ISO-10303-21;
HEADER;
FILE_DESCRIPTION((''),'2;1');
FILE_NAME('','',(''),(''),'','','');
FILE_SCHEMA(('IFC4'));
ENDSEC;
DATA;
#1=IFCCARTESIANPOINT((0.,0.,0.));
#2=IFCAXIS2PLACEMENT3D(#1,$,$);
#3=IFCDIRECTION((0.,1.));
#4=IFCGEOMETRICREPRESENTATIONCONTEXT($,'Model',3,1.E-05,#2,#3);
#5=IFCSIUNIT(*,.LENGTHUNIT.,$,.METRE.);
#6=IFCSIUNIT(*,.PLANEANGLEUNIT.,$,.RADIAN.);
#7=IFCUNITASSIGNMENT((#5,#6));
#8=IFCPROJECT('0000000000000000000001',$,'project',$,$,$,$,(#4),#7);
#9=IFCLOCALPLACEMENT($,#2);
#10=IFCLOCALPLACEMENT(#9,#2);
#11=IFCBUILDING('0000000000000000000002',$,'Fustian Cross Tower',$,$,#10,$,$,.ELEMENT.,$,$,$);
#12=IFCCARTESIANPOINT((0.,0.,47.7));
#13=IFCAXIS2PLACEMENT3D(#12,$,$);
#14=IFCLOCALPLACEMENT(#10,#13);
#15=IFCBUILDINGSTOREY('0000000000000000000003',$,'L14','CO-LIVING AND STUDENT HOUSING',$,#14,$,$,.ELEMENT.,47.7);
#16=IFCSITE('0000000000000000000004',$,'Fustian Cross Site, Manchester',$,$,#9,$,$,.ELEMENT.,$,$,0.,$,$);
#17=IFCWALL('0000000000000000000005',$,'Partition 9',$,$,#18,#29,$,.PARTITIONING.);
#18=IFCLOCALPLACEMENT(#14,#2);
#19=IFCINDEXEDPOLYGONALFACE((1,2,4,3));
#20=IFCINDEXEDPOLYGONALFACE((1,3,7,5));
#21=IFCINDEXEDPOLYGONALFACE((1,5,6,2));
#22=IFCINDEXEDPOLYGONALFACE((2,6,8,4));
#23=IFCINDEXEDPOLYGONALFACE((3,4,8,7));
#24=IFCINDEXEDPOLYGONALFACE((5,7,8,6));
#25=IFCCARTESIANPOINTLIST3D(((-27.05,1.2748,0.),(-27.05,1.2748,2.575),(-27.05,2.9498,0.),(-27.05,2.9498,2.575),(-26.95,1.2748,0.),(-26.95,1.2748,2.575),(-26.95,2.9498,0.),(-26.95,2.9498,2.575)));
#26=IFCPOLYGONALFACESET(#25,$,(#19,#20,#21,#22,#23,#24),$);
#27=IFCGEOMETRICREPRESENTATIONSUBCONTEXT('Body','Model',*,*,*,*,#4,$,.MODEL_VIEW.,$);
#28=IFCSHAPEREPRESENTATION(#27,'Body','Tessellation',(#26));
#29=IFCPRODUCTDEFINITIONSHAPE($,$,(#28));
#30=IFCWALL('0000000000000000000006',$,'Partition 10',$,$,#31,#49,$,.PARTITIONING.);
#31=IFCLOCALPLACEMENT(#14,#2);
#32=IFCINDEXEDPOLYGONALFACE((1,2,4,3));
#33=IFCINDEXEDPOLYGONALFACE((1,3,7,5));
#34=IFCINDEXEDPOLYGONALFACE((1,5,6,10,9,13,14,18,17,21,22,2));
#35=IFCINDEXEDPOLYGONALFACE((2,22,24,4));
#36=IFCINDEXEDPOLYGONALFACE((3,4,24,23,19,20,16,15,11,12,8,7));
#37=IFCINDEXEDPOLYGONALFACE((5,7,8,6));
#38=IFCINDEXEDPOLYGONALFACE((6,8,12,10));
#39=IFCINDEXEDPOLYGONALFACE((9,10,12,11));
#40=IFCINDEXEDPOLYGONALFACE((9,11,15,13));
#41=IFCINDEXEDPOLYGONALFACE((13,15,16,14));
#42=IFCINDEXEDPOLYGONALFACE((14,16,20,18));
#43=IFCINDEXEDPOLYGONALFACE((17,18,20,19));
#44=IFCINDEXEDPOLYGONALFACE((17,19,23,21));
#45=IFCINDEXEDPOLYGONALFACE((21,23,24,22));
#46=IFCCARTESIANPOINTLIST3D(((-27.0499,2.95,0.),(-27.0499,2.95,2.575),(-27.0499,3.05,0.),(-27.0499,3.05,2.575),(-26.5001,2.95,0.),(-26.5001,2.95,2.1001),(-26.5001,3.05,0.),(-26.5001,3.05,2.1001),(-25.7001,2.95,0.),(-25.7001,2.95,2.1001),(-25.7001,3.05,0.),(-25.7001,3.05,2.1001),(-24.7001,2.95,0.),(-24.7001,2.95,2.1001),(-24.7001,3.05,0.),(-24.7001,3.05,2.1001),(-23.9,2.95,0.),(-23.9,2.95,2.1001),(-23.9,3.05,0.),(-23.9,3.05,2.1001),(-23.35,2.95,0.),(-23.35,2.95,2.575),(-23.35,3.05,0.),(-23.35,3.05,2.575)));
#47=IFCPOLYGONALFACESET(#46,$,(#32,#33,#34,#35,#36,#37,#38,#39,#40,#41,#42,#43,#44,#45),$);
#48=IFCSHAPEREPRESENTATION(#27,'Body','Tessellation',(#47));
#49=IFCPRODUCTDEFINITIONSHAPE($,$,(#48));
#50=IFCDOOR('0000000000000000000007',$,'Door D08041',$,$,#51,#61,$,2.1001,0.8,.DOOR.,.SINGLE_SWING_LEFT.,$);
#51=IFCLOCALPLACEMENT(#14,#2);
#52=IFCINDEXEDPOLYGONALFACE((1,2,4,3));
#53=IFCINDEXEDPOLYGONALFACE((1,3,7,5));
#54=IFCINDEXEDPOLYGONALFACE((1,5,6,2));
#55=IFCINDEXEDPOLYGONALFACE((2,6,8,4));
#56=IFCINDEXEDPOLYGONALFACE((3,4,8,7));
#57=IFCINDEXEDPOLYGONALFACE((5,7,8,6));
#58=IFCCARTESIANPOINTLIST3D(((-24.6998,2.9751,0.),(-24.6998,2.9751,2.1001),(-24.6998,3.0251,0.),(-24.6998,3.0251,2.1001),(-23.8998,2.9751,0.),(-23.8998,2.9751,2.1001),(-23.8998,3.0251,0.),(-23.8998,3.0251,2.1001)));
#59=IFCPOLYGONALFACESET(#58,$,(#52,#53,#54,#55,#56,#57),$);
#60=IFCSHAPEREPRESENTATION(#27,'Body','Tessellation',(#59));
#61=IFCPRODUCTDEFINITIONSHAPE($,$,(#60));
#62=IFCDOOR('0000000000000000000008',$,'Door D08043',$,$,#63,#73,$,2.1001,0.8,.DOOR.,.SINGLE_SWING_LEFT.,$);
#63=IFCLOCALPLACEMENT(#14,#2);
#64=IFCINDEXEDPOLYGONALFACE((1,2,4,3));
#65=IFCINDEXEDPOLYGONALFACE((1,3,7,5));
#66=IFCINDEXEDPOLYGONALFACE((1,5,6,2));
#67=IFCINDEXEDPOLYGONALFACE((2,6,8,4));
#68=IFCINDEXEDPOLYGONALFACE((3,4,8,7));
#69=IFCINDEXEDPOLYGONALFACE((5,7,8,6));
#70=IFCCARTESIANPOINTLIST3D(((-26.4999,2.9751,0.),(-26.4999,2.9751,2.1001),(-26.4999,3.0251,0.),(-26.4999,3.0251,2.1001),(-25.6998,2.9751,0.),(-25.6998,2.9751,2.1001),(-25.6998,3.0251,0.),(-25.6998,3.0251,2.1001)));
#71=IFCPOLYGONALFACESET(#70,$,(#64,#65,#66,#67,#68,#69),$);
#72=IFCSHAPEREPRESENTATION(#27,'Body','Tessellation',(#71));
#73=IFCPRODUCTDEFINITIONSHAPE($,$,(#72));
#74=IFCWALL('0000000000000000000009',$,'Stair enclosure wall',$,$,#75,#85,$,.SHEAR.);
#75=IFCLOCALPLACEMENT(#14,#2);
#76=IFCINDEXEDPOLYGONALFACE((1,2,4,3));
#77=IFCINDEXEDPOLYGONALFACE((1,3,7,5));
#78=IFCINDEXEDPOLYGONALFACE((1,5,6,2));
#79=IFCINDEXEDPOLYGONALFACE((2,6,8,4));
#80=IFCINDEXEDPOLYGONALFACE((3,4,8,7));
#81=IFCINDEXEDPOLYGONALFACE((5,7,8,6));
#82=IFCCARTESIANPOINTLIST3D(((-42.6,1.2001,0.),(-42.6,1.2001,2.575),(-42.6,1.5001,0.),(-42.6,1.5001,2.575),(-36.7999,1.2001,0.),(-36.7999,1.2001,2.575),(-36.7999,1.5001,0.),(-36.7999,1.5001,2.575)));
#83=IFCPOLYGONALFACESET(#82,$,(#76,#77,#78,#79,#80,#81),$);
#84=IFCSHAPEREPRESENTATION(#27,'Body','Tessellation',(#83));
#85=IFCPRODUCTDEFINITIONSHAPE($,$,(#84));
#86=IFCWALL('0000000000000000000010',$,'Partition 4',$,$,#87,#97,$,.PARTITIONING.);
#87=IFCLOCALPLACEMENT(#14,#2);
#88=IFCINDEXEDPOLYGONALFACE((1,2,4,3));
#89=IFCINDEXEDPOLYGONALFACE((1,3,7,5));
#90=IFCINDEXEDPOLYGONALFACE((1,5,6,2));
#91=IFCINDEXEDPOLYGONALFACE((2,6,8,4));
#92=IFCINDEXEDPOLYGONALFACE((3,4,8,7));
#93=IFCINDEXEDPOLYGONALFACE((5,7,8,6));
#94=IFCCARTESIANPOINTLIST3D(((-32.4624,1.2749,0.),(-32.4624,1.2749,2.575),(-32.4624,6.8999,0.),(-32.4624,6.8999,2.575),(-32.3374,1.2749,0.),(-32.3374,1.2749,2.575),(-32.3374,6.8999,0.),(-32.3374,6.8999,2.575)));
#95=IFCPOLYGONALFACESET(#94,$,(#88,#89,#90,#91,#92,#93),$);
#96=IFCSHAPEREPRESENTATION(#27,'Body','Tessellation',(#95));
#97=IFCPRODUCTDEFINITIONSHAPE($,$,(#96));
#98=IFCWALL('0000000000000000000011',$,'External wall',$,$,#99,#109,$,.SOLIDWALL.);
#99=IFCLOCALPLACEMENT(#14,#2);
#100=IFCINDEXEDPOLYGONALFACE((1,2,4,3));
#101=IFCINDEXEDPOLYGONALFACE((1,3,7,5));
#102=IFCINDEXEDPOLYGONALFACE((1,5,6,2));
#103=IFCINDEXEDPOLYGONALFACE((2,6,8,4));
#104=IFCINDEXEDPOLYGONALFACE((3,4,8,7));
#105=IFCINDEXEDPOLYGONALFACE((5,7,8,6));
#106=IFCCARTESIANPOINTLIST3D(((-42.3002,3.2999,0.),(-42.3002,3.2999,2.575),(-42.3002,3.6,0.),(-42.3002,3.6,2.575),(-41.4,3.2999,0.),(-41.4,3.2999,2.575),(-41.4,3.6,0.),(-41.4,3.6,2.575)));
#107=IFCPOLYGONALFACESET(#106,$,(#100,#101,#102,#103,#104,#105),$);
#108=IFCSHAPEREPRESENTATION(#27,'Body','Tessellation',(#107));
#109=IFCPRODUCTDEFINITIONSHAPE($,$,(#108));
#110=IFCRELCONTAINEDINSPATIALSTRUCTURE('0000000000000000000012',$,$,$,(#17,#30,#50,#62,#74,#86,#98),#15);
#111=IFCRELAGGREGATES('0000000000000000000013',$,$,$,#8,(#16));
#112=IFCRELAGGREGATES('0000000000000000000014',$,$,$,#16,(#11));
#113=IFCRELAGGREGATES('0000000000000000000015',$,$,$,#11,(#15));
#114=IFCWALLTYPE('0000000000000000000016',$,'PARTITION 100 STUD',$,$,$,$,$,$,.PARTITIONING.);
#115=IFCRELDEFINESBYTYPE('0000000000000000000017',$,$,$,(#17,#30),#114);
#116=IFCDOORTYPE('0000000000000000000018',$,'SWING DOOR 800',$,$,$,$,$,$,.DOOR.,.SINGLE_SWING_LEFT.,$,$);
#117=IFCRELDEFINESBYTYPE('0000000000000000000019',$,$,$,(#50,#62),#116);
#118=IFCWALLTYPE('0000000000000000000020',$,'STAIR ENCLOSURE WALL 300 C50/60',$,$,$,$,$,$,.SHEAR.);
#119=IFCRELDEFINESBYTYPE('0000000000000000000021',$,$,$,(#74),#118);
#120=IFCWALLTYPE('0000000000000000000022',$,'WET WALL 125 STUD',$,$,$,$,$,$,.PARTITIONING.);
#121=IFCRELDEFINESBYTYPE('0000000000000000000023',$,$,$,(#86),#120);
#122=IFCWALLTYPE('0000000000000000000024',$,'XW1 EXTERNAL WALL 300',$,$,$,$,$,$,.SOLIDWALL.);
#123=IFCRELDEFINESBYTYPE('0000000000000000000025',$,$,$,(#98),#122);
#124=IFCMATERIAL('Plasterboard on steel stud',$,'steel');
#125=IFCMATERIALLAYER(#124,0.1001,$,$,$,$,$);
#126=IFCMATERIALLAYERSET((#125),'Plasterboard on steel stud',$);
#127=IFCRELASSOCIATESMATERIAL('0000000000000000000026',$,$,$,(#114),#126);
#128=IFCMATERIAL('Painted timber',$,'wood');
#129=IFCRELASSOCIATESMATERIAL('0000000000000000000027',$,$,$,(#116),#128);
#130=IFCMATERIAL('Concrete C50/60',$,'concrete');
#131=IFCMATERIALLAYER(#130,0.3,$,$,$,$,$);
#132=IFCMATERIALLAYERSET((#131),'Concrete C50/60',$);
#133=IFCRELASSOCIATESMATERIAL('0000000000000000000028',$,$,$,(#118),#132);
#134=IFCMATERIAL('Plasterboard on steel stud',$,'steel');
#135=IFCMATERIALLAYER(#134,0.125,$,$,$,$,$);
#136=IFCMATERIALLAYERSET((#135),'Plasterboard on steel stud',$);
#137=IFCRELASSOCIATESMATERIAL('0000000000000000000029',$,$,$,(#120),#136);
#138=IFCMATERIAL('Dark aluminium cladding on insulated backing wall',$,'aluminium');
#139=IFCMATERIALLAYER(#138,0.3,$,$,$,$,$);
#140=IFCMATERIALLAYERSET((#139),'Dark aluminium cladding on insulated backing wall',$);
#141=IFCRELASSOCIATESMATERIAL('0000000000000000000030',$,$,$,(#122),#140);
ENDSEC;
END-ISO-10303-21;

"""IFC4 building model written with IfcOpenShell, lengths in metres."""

from ifc_helpers import new_model, si_unit, direction, frame, frame_2d, origin, place, context, subcontext, project, spatial, rectangle, extrude, material, layer, layer_set, type_object, element, fill, save


model = new_model("IFC4")

# Units and contexts
model_context = context("Model", 3, precision=1e-05, world=origin(), true_north=direction((0.0, 1.0)))
body_context = subcontext(model_context, "Body", "Model", "MODEL_VIEW")
ifc_project = project(units=[si_unit("LENGTHUNIT", "METRE"), si_unit("PLANEANGLEUNIT", "RADIAN")], contexts=[model_context])

# Site, building, storey
site_placement = place(None, origin())
site = spatial("IfcSite", under=ifc_project, at=site_placement, Name="Fustian Cross Site, Manchester", CompositionType="ELEMENT", RefElevation=0.0)
building_placement = place(site_placement, origin())
building = spatial("IfcBuilding", under=site, at=building_placement, Name="Fustian Cross Tower", CompositionType="ELEMENT")
storey_placement = place(building_placement, frame((0.0, 0.0, 47.7)))
storey = spatial("IfcBuildingStorey", under=building, at=storey_placement, Name="L14", Description="CO-LIVING AND STUDENT HOUSING", CompositionType="ELEMENT", Elevation=47.7)

# Wall
ifc_material_1 = material(Name="Plasterboard on steel stud", Category="steel")
ifc_layer_1 = layer(ifc_material_1, 0.1001)
ifc_layer_set_1 = layer_set([ifc_layer_1], Name="Plasterboard on steel stud")
wall_type_1 = type_object("IfcWallType", Name="PARTITION 100 STUD", PredefinedType="PARTITIONING", material=ifc_layer_set_1)
wall_1_placement = place(storey_placement, frame((-27.0, 1.2749, 0.0), z_axis=(0.0, 0.0, 1.0), x_axis=(0.0, 1.0, 0.0)))
element("IfcWall", 1, at=wall_1_placement, inside=storey, type_object=wall_type_1, Name="Partition 9", PredefinedType="PARTITIONING", context=body_context, shape_type="SweptSolid", body=[
    extrude(rectangle(XDim=1.675, YDim=0.1001, at=frame_2d((0.8374, 0.0))), origin(), (0.0, 0.0, 1.0), 2.575),
])

# Wall, openings, doors
wall_2_placement = place(storey_placement, frame((-27.05, 3.0, 0.0), z_axis=(0.0, 0.0, 1.0), x_axis=(1.0, 0.0, 0.0)))
wall_2 = element("IfcWall", 2, at=wall_2_placement, inside=storey, type_object=wall_type_1, Name="Partition 10", PredefinedType="PARTITIONING", context=body_context, shape_type="SweptSolid", body=[
    extrude(rectangle(XDim=3.7, YDim=0.1001, at=frame_2d((1.8501, 0.0))), origin(), (0.0, 0.0, 1.0), 2.575),
])
opening_1_placement = place(wall_2_placement, frame((2.3501, 0.0, 0.0)))
opening_1 = element("IfcOpeningElement", 3, at=opening_1_placement, cuts=wall_2, PredefinedType="OPENING", context=body_context, shape_type="SweptSolid", body=[
    extrude(rectangle(XDim=0.8, YDim=2.1001, at=frame_2d((0.3999, 1.05))), frame((0.0, 0.0601, 0.0), z_axis=(0.0, -1.0, 0.0), x_axis=(1.0, 0.0, 0.0)), (0.0, 0.0, 1.0), 0.1201),
])
opening_2_placement = place(wall_2_placement, frame((0.55, 0.0, 0.0)))
opening_2 = element("IfcOpeningElement", 4, at=opening_2_placement, cuts=wall_2, PredefinedType="OPENING", context=body_context, shape_type="SweptSolid", body=[
    extrude(rectangle(XDim=0.8, YDim=2.1001, at=frame_2d((0.3999, 1.05))), frame((0.0, 0.0601, 0.0), z_axis=(0.0, -1.0, 0.0), x_axis=(1.0, 0.0, 0.0)), (0.0, 0.0, 1.0), 0.1201),
])
ifc_material_2 = material(Name="Painted timber", Category="wood")
door_type_1 = type_object("IfcDoorType", Name="SWING DOOR 800", OperationType="SINGLE_SWING_LEFT", PredefinedType="DOOR", material=ifc_material_2)
door_1_placement = place(opening_1_placement, frame((0.8, 0.0, 0.0), z_axis=(0.0, 0.0, 1.0), x_axis=(-1.0, 0.0, 0.0)))
door_1 = element("IfcDoor", 5, at=door_1_placement, inside=storey, type_object=door_type_1, Name="Door D08041", OperationType="SINGLE_SWING_LEFT", OverallHeight=2.1001, OverallWidth=0.8, PredefinedType="DOOR", context=body_context, shape_type="SweptSolid", body=[
    extrude(rectangle(XDim=0.8, YDim=2.1001, at=frame_2d((0.3999, 1.05))), frame((0.0, 0.0249, 0.0), z_axis=(0.0, -1.0, 0.0), x_axis=(1.0, 0.0, 0.0)), (0.0, 0.0, 1.0), 0.05),
])
fill(opening_1, door_1)
door_2_placement = place(opening_2_placement, frame((0.8, 0.0, 0.0), z_axis=(0.0, 0.0, 1.0), x_axis=(-1.0, 0.0, 0.0)))
door_2 = element("IfcDoor", 6, at=door_2_placement, inside=storey, type_object=door_type_1, Name="Door D08043", OperationType="SINGLE_SWING_LEFT", OverallHeight=2.1001, OverallWidth=0.8, PredefinedType="DOOR", context=body_context, shape_type="SweptSolid", body=[
    extrude(rectangle(XDim=0.8, YDim=2.1001, at=frame_2d((0.3999, 1.05))), frame((0.0, 0.0249, 0.0), z_axis=(0.0, -1.0, 0.0), x_axis=(1.0, 0.0, 0.0)), (0.0, 0.0, 1.0), 0.05),
])
fill(opening_2, door_2)

# Walls
ifc_material_3 = material(Name="Concrete C50/60", Category="concrete")
ifc_layer_2 = layer(ifc_material_3, 0.3)
ifc_layer_set_2 = layer_set([ifc_layer_2], Name="Concrete C50/60")
wall_type_2 = type_object("IfcWallType", Name="STAIR ENCLOSURE WALL 300 C50/60", PredefinedType="SHEAR", material=ifc_layer_set_2)
wall_3_placement = place(storey_placement, frame((-36.8, 1.3501, 0.0), z_axis=(0.0, 0.0, 1.0), x_axis=(-1.0, 0.0, 0.0)))
element("IfcWall", 7, at=wall_3_placement, inside=storey, type_object=wall_type_2, Name="Stair enclosure wall", PredefinedType="SHEAR", context=body_context, shape_type="SweptSolid", body=[
    extrude(rectangle(XDim=5.8, YDim=0.3, at=frame_2d((2.8999, 0.0))), origin(), (0.0, 0.0, 1.0), 2.575),
])
ifc_material_4 = material(Name="Plasterboard on steel stud", Category="steel")
ifc_layer_3 = layer(ifc_material_4, 0.125)
ifc_layer_set_3 = layer_set([ifc_layer_3], Name="Plasterboard on steel stud")
wall_type_3 = type_object("IfcWallType", Name="WET WALL 125 STUD", PredefinedType="PARTITIONING", material=ifc_layer_set_3)
wall_4_placement = place(storey_placement, frame((-32.3999, 1.2749, 0.0), z_axis=(0.0, 0.0, 1.0), x_axis=(0.0, 1.0, 0.0)))
element("IfcWall", 8, at=wall_4_placement, inside=storey, type_object=wall_type_3, Name="Partition 4", PredefinedType="PARTITIONING", context=body_context, shape_type="SweptSolid", body=[
    extrude(rectangle(XDim=5.625, YDim=0.125, at=frame_2d((2.8125, 0.0))), origin(), (0.0, 0.0, 1.0), 2.575),
])
ifc_material_5 = material(Name="Dark aluminium cladding on insulated backing wall", Category="aluminium")
ifc_layer_4 = layer(ifc_material_5, 0.3)
ifc_layer_set_4 = layer_set([ifc_layer_4], Name="Dark aluminium cladding on insulated backing wall")
wall_type_4 = type_object("IfcWallType", Name="XW1 EXTERNAL WALL 300", PredefinedType="SOLIDWALL", material=ifc_layer_set_4)
wall_5_placement = place(storey_placement, frame((-41.3999, 3.45, 0.0), z_axis=(0.0, 0.0, 1.0), x_axis=(-1.0, 0.0, 0.0)))
element("IfcWall", 9, at=wall_5_placement, inside=storey, type_object=wall_type_4, Name="External wall", PredefinedType="SOLIDWALL", context=body_context, shape_type="SweptSolid", body=[
    extrude(rectangle(XDim=0.9001, YDim=0.3, at=frame_2d((0.4502, 0.0))), origin(), (0.0, 0.0, 1.0), 2.575),
])

save(model, "model.ifc")
